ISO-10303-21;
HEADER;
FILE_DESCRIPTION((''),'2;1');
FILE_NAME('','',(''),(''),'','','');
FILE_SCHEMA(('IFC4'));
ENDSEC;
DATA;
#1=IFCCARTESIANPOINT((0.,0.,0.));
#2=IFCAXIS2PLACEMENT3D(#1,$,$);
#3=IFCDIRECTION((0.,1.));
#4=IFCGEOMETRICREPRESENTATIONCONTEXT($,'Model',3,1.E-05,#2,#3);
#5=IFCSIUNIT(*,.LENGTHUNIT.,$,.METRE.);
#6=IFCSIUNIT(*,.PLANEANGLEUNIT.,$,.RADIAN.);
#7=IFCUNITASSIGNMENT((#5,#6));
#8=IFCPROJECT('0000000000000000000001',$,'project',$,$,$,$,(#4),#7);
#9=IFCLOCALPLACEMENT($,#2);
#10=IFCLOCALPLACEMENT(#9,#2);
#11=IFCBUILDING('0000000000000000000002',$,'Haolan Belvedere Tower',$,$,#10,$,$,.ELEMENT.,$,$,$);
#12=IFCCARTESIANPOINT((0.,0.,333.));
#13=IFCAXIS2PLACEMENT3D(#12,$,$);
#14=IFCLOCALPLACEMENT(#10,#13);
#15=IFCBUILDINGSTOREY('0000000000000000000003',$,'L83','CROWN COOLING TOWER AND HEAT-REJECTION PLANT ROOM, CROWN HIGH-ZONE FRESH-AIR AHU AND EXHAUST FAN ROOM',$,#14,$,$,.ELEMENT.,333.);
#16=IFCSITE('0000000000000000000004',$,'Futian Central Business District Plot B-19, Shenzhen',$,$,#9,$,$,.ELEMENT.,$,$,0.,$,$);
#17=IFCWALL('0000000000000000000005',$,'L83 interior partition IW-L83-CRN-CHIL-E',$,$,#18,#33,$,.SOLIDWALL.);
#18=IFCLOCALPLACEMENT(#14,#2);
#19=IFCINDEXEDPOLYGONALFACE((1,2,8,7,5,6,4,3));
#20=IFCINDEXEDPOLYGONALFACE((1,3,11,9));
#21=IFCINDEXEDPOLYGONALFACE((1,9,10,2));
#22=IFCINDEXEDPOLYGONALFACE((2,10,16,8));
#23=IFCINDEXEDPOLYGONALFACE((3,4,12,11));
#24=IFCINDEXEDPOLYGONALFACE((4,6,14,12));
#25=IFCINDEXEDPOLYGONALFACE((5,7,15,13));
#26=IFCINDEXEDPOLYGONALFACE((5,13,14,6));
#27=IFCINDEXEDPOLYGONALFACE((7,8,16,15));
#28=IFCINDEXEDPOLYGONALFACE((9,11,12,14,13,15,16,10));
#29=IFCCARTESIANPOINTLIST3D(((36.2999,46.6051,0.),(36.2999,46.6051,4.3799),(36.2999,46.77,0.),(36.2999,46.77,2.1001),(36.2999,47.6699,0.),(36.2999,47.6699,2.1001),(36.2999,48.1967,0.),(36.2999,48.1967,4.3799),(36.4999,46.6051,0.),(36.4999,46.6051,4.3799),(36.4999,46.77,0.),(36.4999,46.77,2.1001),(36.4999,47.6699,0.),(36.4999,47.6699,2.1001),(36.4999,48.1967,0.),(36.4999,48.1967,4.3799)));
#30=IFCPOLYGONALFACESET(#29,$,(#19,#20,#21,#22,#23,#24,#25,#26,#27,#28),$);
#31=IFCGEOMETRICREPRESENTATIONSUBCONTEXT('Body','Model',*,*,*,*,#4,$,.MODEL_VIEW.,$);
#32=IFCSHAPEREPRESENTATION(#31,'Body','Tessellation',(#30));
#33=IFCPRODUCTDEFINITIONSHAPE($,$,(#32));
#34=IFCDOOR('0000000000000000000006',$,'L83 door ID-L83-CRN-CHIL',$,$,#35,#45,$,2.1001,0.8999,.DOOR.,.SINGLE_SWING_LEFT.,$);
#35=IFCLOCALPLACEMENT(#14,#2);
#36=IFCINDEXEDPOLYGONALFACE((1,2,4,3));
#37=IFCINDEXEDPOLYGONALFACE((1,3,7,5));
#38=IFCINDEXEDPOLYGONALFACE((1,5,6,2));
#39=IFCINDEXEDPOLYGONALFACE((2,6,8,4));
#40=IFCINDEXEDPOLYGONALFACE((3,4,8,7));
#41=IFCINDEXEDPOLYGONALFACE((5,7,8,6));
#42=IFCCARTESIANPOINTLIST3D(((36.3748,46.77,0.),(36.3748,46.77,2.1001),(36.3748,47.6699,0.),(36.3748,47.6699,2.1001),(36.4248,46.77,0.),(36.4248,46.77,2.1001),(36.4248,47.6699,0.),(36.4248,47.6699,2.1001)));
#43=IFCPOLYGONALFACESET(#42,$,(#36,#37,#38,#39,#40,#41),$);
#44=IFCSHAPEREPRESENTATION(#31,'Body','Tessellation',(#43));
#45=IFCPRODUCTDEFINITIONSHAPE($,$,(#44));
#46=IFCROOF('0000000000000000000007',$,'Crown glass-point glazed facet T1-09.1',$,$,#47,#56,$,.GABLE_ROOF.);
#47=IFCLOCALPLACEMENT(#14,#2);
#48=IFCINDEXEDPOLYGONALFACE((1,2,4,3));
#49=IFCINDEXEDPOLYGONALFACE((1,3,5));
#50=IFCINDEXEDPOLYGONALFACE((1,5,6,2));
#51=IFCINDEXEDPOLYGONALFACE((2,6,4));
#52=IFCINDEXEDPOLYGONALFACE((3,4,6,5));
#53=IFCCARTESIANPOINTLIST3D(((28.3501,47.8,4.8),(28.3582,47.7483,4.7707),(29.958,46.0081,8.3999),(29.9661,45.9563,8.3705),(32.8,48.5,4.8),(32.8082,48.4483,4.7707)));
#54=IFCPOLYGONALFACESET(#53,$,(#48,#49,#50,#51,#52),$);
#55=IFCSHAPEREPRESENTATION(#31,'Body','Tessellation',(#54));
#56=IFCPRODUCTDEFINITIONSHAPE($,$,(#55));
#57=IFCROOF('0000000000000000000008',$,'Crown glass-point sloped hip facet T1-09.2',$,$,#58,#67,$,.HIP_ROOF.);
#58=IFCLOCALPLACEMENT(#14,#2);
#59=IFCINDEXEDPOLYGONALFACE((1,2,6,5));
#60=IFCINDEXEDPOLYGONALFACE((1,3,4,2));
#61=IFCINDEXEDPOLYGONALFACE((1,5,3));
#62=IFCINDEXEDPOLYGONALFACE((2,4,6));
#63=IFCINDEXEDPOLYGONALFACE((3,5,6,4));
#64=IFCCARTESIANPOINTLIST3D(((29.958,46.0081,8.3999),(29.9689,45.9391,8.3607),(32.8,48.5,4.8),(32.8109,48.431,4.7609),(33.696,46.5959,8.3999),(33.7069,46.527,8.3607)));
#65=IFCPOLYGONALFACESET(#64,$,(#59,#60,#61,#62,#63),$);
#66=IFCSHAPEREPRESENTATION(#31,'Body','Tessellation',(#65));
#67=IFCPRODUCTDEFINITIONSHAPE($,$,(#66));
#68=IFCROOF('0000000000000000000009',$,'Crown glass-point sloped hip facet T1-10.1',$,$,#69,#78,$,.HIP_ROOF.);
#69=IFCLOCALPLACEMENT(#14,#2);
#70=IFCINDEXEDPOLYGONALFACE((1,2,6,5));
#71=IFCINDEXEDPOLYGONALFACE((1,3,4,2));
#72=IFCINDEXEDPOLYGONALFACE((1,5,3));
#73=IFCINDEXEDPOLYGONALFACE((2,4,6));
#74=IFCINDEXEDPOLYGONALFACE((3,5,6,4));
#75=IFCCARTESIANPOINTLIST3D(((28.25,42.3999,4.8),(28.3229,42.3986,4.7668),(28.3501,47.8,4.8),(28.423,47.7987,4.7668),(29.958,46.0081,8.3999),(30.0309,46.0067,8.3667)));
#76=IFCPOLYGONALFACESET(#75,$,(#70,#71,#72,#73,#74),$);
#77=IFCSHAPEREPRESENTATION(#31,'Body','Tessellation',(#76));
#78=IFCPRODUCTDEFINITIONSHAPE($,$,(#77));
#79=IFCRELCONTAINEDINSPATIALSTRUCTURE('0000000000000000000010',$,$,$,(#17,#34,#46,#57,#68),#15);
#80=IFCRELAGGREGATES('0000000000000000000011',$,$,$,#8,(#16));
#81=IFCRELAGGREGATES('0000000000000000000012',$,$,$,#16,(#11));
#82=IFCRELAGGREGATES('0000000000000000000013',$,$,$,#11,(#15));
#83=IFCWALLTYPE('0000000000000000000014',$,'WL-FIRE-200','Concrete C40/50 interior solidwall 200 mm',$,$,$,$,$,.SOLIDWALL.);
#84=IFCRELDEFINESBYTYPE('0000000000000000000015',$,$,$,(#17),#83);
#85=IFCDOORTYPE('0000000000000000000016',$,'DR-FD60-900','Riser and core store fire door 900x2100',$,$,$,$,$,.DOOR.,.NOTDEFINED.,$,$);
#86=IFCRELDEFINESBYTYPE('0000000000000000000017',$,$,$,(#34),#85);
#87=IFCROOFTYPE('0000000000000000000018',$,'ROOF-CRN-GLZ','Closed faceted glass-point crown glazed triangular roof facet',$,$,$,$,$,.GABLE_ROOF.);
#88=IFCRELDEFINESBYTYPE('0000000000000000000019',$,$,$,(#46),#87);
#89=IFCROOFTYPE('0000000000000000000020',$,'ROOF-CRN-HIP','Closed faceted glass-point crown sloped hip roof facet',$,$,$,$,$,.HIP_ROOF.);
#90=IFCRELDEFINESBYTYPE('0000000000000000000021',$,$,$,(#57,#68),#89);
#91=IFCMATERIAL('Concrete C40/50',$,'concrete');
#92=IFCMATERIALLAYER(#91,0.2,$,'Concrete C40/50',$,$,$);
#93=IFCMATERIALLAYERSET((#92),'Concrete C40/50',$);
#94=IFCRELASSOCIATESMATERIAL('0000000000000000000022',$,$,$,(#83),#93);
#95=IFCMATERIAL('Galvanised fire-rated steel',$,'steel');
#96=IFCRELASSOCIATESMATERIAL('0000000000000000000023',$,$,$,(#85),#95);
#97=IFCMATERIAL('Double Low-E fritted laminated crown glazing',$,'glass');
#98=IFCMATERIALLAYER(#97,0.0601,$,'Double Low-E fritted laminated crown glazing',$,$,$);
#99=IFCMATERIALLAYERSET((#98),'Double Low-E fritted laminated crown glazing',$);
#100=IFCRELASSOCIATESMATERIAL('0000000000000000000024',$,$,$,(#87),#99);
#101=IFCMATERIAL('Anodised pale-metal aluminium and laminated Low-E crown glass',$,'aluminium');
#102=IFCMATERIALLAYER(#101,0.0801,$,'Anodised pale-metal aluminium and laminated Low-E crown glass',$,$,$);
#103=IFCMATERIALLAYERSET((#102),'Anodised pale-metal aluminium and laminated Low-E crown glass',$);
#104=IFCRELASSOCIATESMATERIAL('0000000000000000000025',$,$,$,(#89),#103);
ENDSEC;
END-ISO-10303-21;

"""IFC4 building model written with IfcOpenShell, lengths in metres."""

from ifc_helpers import new_model, si_unit, direction, frame, frame_2d, origin, place, context, subcontext, project, spatial, polyline, rectangle, outline, extrude, material, layer, layer_set, type_object, element, fill, save


model = new_model("IFC4")

# Units and contexts
model_context = context("Model", 3, precision=1e-05, world=origin(), true_north=direction((0.0, 1.0)))
body_context = subcontext(model_context, "Body", "Model", "MODEL_VIEW")
ifc_project = project(units=[si_unit("LENGTHUNIT", "METRE"), si_unit("PLANEANGLEUNIT", "RADIAN")], contexts=[model_context])

# Site, building, storey
site_placement = place(None, origin())
site = spatial("IfcSite", under=ifc_project, at=site_placement, Name="Futian Central Business District Plot B-19, Shenzhen", CompositionType="ELEMENT", RefElevation=0.0)
building_placement = place(site_placement, origin())
building = spatial("IfcBuilding", under=site, at=building_placement, Name="Haolan Belvedere Tower", CompositionType="ELEMENT")
storey_placement = place(building_placement, frame((0.0, 0.0, 333.0)))
storey = spatial("IfcBuildingStorey", under=building, at=storey_placement, Name="L83", Description="CROWN COOLING TOWER AND HEAT-REJECTION PLANT ROOM, CROWN HIGH-ZONE FRESH-AIR AHU AND EXHAUST FAN ROOM", CompositionType="ELEMENT", Elevation=333.0)

# Shared definitions
ifc_material_1 = material(Name="Concrete C40/50", Category="concrete")
ifc_layer_1 = layer(ifc_material_1, 0.2, Name="Concrete C40/50")
ifc_layer_set_1 = layer_set([ifc_layer_1], Name="Concrete C40/50")
wall_type_1 = type_object("IfcWallType", Name="WL-FIRE-200", Description="Concrete C40/50 interior solidwall 200 mm", PredefinedType="SOLIDWALL", material=ifc_layer_set_1)
ifc_material_2 = material(Name="Galvanised fire-rated steel", Category="steel")

# Wall, opening, door
wall_1_placement = place(storey_placement, frame((36.3999, 46.605, 0.0), z_axis=(0.0, 0.0, 1.0), x_axis=(0.0, 1.0, 0.0)))
wall_1 = element("IfcWall", 1, at=wall_1_placement, inside=storey, type_object=wall_type_1, Name="L83 interior partition IW-L83-CRN-CHIL-E", PredefinedType="SOLIDWALL", context=body_context, shape_type="SweptSolid", body=[
    extrude(rectangle(XDim=1.5916, YDim=0.2, at=frame_2d((0.7959, 0.0))), origin(), (0.0, 0.0, 1.0), 4.3799),
])
opening_1_placement = place(wall_1_placement, frame((1.0649, 0.0, 0.0), z_axis=(0.0, 0.0, 1.0), x_axis=(-1.0, 0.0, 0.0)))
opening_1 = element("IfcOpeningElement", 2, at=opening_1_placement, cuts=wall_1, PredefinedType="OPENING", context=body_context, shape_type="SweptSolid", body=[
    extrude(rectangle(XDim=0.8999, YDim=2.1001, at=frame_2d((0.45, 1.05))), frame((0.0, 0.1099, 0.0), z_axis=(0.0, -1.0, 0.0), x_axis=(1.0, 0.0, 0.0)), (0.0, 0.0, 1.0), 0.22),
])
door_type_1 = type_object("IfcDoorType", Name="DR-FD60-900", Description="Riser and core store fire door 900x2100", OperationType="NOTDEFINED", PredefinedType="DOOR", material=ifc_material_2)
door_1_placement = place(opening_1_placement, origin())
door_1 = element("IfcDoor", 3, at=door_1_placement, inside=storey, type_object=door_type_1, Name="L83 door ID-L83-CRN-CHIL", OperationType="SINGLE_SWING_LEFT", OverallHeight=2.1001, OverallWidth=0.8999, PredefinedType="DOOR", context=body_context, shape_type="SweptSolid", body=[
    extrude(rectangle(XDim=0.8999, YDim=2.1001, at=frame_2d((0.45, 1.05))), frame((0.0, 0.0249, 0.0), z_axis=(0.0, -1.0, 0.0), x_axis=(1.0, 0.0, 0.0)), (0.0, 0.0, 1.0), 0.05),
])
fill(opening_1, door_1)

# Roofs
ifc_material_3 = material(Name="Double Low-E fritted laminated crown glazing", Category="glass")
ifc_layer_2 = layer(ifc_material_3, 0.0601, Name="Double Low-E fritted laminated crown glazing")
ifc_layer_set_2 = layer_set([ifc_layer_2], Name="Double Low-E fritted laminated crown glazing")
roof_type_1 = type_object("IfcRoofType", Name="ROOF-CRN-GLZ", Description="Closed faceted glass-point crown glazed triangular roof facet", PredefinedType="GABLE_ROOF", material=ifc_layer_set_2)
roof_1_placement = place(storey_placement, frame((32.8, 48.5, 4.8), z_axis=(-0.135506, 0.861485, 0.489369), x_axis=(-0.987854, -0.155384, 0.0)))
element("IfcRoof", 4, at=roof_1_placement, inside=storey, type_object=roof_type_1, Name="Crown glass-point glazed facet T1-09.1", PredefinedType="GABLE_ROOF", context=body_context, shape_type="SweptSolid", body=[
    extrude(outline(polyline([(0.0, 0.0), (4.5047, 0.0), (3.1947, 4.1279), (0.0, 0.0)])), origin(), (0.0, 0.0, -1.0), 0.0601),
])
ifc_material_4 = material(Name="Anodised pale-metal aluminium and laminated Low-E crown glass", Category="aluminium")
ifc_layer_3 = layer(ifc_material_4, 0.0801, Name="Anodised pale-metal aluminium and laminated Low-E crown glass")
ifc_layer_set_3 = layer_set([ifc_layer_3], Name="Anodised pale-metal aluminium and laminated Low-E crown glass")
roof_type_2 = type_object("IfcRoofType", Name="ROOF-CRN-HIP", Description="Closed faceted glass-point crown sloped hip roof facet", PredefinedType="HIP_ROOF", material=ifc_layer_set_3)
roof_2_placement = place(storey_placement, frame((32.8, 48.5, 4.8), z_axis=(-0.135487, 0.861481, 0.489381), x_axis=(-0.544477, -0.477405, 0.689658)))
element("IfcRoof", 5, at=roof_2_placement, inside=storey, type_object=roof_type_2, Name="Crown glass-point sloped hip facet T1-09.2", PredefinedType="HIP_ROOF", context=body_context, shape_type="SweptSolid", body=[
    extrude(outline(polyline([(0.0, 0.0), (5.2198, 0.0), (2.9038, 2.9925), (0.0, 0.0)])), origin(), (0.0, 0.0, -1.0), 0.0801),
])
roof_3_placement = place(storey_placement, frame((28.3501, 47.8, 4.8), z_axis=(-0.909777, 0.016864, 0.414755), x_axis=(-0.018533, -0.999828, 0.0)))
element("IfcRoof", 6, at=roof_3_placement, inside=storey, type_object=roof_type_2, Name="Crown glass-point sloped hip facet T1-10.1", PredefinedType="HIP_ROOF", context=body_context, shape_type="SweptSolid", body=[
    extrude(outline(polyline([(0.0, 0.0), (5.4011, 0.0), (1.7619, 3.9562), (0.0, 0.0)])), origin(), (0.0, 0.0, -1.0), 0.0801),
])

save(model, "model.ifc")
